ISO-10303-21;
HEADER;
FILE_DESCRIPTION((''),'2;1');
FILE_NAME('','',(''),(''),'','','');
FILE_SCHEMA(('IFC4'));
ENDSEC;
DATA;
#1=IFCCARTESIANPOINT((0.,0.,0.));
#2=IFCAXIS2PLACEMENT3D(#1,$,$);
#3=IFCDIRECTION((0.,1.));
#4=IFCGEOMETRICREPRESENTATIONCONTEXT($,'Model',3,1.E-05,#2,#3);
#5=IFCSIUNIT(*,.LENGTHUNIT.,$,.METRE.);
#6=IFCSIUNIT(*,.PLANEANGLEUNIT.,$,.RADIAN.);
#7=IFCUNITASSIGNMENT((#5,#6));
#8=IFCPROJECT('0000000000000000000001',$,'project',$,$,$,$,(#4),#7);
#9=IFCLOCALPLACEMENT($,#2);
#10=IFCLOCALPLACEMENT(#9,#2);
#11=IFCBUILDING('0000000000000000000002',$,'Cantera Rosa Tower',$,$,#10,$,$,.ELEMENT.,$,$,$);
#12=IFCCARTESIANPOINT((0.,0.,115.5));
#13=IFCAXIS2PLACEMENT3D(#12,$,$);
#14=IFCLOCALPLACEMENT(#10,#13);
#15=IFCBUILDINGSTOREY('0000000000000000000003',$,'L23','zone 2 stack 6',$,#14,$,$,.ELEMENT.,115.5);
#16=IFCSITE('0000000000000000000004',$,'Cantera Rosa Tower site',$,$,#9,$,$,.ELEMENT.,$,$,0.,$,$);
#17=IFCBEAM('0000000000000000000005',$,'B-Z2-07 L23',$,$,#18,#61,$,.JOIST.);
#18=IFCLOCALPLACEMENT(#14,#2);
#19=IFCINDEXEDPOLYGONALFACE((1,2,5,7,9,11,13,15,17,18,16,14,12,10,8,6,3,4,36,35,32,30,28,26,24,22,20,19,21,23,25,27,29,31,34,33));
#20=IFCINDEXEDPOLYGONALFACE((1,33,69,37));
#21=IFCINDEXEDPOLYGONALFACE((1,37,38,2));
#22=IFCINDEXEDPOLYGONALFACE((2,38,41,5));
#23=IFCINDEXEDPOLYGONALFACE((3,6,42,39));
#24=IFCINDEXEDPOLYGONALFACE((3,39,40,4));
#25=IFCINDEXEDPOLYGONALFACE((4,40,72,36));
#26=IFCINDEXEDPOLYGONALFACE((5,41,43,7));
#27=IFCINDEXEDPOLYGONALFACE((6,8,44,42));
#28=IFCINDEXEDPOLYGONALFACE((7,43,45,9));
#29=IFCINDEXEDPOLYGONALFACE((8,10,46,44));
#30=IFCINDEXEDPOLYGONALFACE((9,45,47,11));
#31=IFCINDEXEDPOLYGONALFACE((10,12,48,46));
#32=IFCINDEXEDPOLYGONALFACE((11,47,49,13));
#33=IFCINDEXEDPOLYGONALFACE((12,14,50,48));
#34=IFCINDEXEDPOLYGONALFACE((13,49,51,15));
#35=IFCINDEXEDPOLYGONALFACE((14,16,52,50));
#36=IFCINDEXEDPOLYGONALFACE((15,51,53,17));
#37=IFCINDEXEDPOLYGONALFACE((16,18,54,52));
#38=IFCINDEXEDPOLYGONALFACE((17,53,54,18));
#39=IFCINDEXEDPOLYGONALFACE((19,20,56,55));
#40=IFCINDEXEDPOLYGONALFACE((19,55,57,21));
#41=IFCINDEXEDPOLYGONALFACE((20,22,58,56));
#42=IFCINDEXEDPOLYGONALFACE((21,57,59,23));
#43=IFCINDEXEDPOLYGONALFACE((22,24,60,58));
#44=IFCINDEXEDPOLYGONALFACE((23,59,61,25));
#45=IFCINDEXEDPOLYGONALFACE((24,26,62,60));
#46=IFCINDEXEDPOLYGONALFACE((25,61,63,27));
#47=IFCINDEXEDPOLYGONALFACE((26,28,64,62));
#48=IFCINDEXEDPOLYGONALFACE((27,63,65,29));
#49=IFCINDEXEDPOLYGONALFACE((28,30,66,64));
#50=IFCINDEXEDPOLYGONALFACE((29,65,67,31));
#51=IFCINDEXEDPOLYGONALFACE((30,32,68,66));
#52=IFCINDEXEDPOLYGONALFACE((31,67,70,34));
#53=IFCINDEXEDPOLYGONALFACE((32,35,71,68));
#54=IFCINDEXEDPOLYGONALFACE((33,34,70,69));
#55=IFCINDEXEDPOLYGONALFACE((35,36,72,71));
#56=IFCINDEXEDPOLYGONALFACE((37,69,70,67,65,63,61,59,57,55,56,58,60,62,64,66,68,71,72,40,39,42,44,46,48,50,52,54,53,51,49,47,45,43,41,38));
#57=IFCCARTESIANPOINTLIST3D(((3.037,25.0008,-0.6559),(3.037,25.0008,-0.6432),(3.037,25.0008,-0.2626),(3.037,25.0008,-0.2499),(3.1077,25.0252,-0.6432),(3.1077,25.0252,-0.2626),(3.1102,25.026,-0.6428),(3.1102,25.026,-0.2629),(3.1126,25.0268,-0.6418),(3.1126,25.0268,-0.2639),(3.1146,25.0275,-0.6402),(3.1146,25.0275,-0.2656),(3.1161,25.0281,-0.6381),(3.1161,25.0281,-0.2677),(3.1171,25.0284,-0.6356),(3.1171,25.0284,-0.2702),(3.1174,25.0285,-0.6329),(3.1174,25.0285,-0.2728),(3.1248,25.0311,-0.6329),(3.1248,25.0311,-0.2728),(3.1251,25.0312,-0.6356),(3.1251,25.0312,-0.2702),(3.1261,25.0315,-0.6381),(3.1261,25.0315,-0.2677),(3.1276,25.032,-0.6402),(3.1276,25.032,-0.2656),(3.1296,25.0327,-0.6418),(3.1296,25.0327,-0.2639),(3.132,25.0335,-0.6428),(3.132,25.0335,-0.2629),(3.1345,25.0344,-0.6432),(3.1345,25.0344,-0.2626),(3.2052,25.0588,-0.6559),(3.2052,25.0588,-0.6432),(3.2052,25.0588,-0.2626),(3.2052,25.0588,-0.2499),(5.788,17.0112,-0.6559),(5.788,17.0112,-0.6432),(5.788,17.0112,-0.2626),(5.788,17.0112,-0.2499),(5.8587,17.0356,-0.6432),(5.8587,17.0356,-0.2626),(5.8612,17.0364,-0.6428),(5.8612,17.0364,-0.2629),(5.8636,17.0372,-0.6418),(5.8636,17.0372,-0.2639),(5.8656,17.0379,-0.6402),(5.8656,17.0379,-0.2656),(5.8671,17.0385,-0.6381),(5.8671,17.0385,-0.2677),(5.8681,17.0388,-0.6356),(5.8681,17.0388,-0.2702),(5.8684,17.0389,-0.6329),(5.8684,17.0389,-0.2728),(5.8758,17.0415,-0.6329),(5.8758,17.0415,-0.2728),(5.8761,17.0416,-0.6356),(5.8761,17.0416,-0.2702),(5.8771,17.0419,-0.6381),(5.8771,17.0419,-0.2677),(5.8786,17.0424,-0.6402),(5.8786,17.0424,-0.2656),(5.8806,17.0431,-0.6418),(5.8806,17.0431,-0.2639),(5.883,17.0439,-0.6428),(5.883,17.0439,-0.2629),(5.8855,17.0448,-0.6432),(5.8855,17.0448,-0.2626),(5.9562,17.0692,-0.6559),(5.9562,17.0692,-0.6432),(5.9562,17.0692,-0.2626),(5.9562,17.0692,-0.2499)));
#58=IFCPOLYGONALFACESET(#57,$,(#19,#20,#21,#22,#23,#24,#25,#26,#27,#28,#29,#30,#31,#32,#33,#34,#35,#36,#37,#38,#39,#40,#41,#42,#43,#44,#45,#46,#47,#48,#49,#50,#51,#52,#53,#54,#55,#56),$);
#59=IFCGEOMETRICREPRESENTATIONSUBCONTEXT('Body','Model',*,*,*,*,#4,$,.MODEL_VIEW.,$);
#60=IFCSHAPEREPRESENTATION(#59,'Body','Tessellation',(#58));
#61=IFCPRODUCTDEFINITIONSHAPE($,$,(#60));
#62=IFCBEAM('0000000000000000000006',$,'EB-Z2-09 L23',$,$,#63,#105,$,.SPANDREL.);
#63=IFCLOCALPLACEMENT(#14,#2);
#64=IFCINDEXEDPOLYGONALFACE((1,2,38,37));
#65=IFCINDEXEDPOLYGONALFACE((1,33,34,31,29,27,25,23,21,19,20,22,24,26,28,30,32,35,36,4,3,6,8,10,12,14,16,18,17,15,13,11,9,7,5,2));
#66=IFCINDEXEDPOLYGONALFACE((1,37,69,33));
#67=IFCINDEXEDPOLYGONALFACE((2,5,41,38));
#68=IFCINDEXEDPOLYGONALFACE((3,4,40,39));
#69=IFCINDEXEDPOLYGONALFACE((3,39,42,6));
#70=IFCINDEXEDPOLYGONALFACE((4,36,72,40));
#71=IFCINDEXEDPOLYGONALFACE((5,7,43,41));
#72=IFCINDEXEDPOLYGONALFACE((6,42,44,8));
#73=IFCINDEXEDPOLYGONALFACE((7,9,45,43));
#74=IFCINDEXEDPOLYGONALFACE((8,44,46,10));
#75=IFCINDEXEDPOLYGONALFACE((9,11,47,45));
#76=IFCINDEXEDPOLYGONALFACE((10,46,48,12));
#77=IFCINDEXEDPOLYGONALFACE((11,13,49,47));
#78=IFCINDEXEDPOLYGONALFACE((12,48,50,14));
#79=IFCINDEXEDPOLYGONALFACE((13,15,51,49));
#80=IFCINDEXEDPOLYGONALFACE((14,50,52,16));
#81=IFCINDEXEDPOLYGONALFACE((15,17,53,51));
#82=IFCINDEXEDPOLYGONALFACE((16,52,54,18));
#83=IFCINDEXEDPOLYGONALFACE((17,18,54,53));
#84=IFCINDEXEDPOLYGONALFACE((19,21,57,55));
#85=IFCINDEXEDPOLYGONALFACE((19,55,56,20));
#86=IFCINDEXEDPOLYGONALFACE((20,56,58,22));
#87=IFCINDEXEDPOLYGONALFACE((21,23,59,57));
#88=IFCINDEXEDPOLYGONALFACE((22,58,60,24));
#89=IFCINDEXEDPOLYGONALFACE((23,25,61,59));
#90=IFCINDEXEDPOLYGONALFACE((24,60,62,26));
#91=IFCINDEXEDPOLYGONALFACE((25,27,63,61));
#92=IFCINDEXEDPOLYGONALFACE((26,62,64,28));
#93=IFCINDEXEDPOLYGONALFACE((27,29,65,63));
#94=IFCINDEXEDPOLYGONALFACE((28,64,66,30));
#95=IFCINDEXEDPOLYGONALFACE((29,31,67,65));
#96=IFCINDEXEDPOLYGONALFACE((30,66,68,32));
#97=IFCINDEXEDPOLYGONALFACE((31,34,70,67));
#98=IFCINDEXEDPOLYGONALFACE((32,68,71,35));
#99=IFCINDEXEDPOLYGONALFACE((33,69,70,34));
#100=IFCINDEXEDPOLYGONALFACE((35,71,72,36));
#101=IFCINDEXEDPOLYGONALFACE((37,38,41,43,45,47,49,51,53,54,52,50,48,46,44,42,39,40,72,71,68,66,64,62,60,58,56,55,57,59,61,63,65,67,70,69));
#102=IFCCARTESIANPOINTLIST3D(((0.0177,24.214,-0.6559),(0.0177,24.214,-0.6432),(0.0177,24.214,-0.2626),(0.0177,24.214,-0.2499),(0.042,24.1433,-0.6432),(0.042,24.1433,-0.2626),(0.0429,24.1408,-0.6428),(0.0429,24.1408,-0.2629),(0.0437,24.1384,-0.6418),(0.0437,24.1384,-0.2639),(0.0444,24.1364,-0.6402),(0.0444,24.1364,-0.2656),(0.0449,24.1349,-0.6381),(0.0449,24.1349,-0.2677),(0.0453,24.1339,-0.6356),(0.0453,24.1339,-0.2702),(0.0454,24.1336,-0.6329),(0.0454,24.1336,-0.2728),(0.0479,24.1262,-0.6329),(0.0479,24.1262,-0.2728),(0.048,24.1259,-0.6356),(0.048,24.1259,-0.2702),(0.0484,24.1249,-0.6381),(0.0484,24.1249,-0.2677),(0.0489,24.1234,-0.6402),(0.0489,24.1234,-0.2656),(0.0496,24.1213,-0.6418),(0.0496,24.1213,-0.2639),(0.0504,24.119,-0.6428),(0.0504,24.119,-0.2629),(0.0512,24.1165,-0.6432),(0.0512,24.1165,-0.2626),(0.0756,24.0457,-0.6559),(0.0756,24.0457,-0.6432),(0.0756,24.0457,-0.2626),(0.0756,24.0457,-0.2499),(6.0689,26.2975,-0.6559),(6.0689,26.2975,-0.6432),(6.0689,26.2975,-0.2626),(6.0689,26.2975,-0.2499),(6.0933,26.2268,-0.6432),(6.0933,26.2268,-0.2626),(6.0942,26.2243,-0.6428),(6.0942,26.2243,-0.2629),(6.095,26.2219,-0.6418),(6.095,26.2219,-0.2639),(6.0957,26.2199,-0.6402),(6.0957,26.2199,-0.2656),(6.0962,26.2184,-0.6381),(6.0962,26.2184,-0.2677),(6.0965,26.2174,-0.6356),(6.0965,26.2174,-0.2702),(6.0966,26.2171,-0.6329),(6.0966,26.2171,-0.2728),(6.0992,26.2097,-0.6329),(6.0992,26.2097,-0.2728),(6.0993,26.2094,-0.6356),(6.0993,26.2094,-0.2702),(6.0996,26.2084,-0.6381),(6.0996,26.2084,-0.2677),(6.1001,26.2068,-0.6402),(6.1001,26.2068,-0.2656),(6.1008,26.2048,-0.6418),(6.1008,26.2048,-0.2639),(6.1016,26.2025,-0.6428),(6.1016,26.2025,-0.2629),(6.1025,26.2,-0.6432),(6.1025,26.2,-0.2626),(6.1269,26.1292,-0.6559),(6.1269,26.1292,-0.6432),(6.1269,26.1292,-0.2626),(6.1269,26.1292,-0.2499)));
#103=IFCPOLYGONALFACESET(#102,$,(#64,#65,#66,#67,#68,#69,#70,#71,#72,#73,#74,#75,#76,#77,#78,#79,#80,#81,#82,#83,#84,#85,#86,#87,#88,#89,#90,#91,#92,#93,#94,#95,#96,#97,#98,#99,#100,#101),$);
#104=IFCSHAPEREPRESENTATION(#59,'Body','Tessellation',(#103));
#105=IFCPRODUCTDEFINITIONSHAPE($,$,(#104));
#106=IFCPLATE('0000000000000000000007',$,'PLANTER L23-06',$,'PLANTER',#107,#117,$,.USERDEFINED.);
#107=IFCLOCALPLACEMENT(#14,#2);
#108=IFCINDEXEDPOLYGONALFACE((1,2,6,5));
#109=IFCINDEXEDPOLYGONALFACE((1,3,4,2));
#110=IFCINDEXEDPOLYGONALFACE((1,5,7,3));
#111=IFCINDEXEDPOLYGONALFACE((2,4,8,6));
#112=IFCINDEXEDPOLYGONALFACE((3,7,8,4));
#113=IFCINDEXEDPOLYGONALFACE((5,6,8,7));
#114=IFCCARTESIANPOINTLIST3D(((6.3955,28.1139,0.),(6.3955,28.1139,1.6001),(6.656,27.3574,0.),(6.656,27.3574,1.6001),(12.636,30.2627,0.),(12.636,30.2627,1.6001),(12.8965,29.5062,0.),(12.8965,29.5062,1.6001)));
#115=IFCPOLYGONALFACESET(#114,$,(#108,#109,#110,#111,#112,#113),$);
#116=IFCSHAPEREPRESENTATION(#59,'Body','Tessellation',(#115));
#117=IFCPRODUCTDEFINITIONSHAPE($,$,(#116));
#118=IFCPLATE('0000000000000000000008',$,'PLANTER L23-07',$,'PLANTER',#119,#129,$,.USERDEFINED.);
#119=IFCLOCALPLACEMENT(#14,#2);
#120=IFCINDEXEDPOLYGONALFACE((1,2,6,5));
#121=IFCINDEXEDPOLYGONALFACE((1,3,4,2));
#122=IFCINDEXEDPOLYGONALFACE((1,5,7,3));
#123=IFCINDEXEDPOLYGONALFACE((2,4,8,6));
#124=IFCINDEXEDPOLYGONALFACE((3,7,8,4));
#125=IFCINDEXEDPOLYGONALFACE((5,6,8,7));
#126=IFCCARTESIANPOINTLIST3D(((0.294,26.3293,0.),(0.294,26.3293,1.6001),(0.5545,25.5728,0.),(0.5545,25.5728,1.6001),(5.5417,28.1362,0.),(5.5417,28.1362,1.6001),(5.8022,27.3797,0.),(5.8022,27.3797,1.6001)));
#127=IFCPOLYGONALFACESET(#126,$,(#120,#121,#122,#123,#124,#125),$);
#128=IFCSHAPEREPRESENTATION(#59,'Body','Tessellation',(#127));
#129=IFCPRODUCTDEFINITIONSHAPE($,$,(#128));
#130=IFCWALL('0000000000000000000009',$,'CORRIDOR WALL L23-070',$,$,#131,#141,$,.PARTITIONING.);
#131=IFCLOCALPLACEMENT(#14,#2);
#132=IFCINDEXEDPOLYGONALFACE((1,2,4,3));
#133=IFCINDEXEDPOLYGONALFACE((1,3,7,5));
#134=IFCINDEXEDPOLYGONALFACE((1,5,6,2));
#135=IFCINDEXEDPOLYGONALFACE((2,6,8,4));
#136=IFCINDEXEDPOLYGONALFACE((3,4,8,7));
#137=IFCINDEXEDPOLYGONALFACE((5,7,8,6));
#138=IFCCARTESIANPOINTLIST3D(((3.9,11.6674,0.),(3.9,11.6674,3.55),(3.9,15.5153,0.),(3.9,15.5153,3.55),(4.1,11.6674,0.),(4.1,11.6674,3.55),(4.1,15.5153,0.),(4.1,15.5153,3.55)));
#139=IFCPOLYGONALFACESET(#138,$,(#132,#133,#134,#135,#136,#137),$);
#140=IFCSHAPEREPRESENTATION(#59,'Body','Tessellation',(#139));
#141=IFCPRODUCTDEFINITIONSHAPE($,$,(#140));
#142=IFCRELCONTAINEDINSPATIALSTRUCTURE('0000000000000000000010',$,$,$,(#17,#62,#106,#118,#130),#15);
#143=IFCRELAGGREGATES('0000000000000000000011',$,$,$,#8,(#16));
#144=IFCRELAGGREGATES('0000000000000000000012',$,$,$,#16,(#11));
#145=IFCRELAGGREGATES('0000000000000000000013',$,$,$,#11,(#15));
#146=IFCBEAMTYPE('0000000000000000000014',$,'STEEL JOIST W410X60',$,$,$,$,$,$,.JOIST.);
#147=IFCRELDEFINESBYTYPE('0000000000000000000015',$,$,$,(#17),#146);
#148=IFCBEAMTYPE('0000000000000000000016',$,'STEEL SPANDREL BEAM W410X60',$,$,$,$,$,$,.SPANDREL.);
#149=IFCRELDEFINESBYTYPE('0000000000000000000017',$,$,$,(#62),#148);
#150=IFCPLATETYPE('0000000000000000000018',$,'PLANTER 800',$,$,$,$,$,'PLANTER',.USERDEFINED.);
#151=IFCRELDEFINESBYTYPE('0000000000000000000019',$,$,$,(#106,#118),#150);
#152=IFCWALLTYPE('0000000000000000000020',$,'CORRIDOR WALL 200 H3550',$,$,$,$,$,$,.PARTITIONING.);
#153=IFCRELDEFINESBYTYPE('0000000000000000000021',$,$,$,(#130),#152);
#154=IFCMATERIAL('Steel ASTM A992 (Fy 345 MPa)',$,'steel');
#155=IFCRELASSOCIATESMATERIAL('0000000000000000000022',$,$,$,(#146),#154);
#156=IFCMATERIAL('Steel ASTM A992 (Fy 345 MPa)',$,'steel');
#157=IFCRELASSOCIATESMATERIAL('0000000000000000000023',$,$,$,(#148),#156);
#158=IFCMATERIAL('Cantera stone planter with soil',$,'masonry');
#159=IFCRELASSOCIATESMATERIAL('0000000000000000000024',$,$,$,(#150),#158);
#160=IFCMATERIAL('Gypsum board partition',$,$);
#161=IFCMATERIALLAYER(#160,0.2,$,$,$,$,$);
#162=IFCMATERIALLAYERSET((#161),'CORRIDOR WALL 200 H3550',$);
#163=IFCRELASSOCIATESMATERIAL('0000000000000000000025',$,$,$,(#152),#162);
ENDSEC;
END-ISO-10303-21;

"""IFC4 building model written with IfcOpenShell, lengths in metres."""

from ifc_helpers import new_model, si_unit, direction, frame, frame_2d, origin, origin_2d, place, context, subcontext, project, spatial, rectangle, i_section, extrude, material, layer, layer_set, material_profile, profile_set, type_object, element, save


model = new_model("IFC4")

# Units and contexts
model_context = context("Model", 3, precision=1e-05, world=origin(), true_north=direction((0.0, 1.0)))
body_context = subcontext(model_context, "Body", "Model", "MODEL_VIEW")
ifc_project = project(units=[si_unit("LENGTHUNIT", "METRE"), si_unit("PLANEANGLEUNIT", "RADIAN")], contexts=[model_context])

# Site, building, storey
site_placement = place(None, origin())
site = spatial("IfcSite", under=ifc_project, at=site_placement, Name="Cantera Rosa Tower site", CompositionType="ELEMENT", RefElevation=0.0)
building_placement = place(site_placement, origin())
building = spatial("IfcBuilding", under=site, at=building_placement, Name="Cantera Rosa Tower", CompositionType="ELEMENT")
storey_placement = place(building_placement, frame((0.0, 0.0, 115.5)))
storey = spatial("IfcBuildingStorey", under=building, at=storey_placement, Name="L23", Description="zone 2 stack 6", CompositionType="ELEMENT", Elevation=115.5)

# Beams
ifc_material_1 = material(Name="Steel ASTM A992 (Fy 345 MPa)", Category="steel")
ifc_material_profile_1 = material_profile(ifc_material_1, i_section(OverallWidth=0.178, OverallDepth=0.406, WebThickness=0.0078, FlangeThickness=0.0127, FilletRadius=0.0103, at=origin_2d()), Name="W410X60")
ifc_profile_set_1 = profile_set([ifc_material_profile_1], Name="Steel ASTM A992 (Fy 345 MPa)")
beam_type_1 = type_object("IfcBeamType", Name="STEEL JOIST W410X60", PredefinedType="JOIST", material=ifc_profile_set_1)
beam_1_placement = place(storey_placement, frame((3.1211, 25.0298, -0.4529), z_axis=(0.325565, -0.94552, 0.0), x_axis=(0.94552, 0.325565, 0.0)))
element("IfcBeam", 1, at=beam_1_placement, inside=storey, type_object=beam_type_1, Name="B-Z2-07 L23", PredefinedType="JOIST", context=body_context, shape_type="SweptSolid", body=[
    extrude(i_section(OverallWidth=0.178, OverallDepth=0.406, WebThickness=0.0078, FlangeThickness=0.0127, FilletRadius=0.0103, at=origin_2d()), origin(), (0.0, 0.0, 1.0), 8.45),
])
ifc_material_2 = material(Name="Steel ASTM A992 (Fy 345 MPa)", Category="steel")
ifc_material_profile_2 = material_profile(ifc_material_2, i_section(OverallWidth=0.178, OverallDepth=0.406, WebThickness=0.0078, FlangeThickness=0.0127, FilletRadius=0.0103, at=origin_2d()), Name="W410X60")
ifc_profile_set_2 = profile_set([ifc_material_profile_2], Name="Steel ASTM A992 (Fy 345 MPa)")
beam_type_2 = type_object("IfcBeamType", Name="STEEL SPANDREL BEAM W410X60", PredefinedType="SPANDREL", material=ifc_profile_set_2)
beam_2_placement = place(storey_placement, frame((6.0979, 26.2134, -0.4529), z_axis=(-0.945524, -0.325551, 0.0), x_axis=(0.325551, -0.945524, 0.0)))
element("IfcBeam", 2, at=beam_2_placement, inside=storey, type_object=beam_type_2, Name="EB-Z2-09 L23", PredefinedType="SPANDREL", context=body_context, shape_type="SweptSolid", body=[
    extrude(i_section(OverallWidth=0.178, OverallDepth=0.406, WebThickness=0.0078, FlangeThickness=0.0127, FilletRadius=0.0103, at=origin_2d()), origin(), (0.0, 0.0, 1.0), 6.3999),
])

# Plates
ifc_material_3 = material(Name="Cantera stone planter with soil", Category="masonry")
plate_type = type_object("IfcPlateType", Name="PLANTER 800", ElementType="PLANTER", PredefinedType="USERDEFINED", material=ifc_material_3)
plate_1_placement = place(storey_placement, frame((9.646, 28.8101, 0.0), z_axis=(0.0, 0.0, 1.0), x_axis=(-0.945519, -0.325568, 0.0)))
element("IfcPlate", 3, at=plate_1_placement, inside=storey, type_object=plate_type, Name="PLANTER L23-06", ObjectType="PLANTER", PredefinedType="USERDEFINED", context=body_context, shape_type="SweptSolid", body=[
    extrude(rectangle(XDim=6.6001, YDim=0.8, at=origin_2d()), origin(), (0.0, 0.0, 1.0), 1.6001),
])
plate_2_placement = place(storey_placement, frame((3.0481, 26.8545, 0.0), z_axis=(0.0, 0.0, 1.0), x_axis=(-0.945519, -0.325568, 0.0)))
element("IfcPlate", 4, at=plate_2_placement, inside=storey, type_object=plate_type, Name="PLANTER L23-07", ObjectType="PLANTER", PredefinedType="USERDEFINED", context=body_context, shape_type="SweptSolid", body=[
    extrude(rectangle(XDim=5.55, YDim=0.8, at=origin_2d()), origin(), (0.0, 0.0, 1.0), 1.6001),
])

# Wall
ifc_material_4 = material(Name="Gypsum board partition")
ifc_layer_1 = layer(ifc_material_4, 0.2)
ifc_layer_set_1 = layer_set([ifc_layer_1], Name="CORRIDOR WALL 200 H3550")
wall_type_1 = type_object("IfcWallType", Name="CORRIDOR WALL 200 H3550", PredefinedType="PARTITIONING", material=ifc_layer_set_1)
wall_1_placement = place(storey_placement, frame((4.0, 15.5151, 0.0), z_axis=(0.0, 0.0, 1.0), x_axis=(0.0, -1.0, 0.0)))
element("IfcWall", 5, at=wall_1_placement, inside=storey, type_object=wall_type_1, Name="CORRIDOR WALL L23-070", PredefinedType="PARTITIONING", context=body_context, shape_type="SweptSolid", body=[
    extrude(rectangle(XDim=3.8479, YDim=0.2, at=frame_2d((1.9238, 0.0))), origin(), (0.0, 0.0, 1.0), 3.55),
])

save(model, "model.ifc")
